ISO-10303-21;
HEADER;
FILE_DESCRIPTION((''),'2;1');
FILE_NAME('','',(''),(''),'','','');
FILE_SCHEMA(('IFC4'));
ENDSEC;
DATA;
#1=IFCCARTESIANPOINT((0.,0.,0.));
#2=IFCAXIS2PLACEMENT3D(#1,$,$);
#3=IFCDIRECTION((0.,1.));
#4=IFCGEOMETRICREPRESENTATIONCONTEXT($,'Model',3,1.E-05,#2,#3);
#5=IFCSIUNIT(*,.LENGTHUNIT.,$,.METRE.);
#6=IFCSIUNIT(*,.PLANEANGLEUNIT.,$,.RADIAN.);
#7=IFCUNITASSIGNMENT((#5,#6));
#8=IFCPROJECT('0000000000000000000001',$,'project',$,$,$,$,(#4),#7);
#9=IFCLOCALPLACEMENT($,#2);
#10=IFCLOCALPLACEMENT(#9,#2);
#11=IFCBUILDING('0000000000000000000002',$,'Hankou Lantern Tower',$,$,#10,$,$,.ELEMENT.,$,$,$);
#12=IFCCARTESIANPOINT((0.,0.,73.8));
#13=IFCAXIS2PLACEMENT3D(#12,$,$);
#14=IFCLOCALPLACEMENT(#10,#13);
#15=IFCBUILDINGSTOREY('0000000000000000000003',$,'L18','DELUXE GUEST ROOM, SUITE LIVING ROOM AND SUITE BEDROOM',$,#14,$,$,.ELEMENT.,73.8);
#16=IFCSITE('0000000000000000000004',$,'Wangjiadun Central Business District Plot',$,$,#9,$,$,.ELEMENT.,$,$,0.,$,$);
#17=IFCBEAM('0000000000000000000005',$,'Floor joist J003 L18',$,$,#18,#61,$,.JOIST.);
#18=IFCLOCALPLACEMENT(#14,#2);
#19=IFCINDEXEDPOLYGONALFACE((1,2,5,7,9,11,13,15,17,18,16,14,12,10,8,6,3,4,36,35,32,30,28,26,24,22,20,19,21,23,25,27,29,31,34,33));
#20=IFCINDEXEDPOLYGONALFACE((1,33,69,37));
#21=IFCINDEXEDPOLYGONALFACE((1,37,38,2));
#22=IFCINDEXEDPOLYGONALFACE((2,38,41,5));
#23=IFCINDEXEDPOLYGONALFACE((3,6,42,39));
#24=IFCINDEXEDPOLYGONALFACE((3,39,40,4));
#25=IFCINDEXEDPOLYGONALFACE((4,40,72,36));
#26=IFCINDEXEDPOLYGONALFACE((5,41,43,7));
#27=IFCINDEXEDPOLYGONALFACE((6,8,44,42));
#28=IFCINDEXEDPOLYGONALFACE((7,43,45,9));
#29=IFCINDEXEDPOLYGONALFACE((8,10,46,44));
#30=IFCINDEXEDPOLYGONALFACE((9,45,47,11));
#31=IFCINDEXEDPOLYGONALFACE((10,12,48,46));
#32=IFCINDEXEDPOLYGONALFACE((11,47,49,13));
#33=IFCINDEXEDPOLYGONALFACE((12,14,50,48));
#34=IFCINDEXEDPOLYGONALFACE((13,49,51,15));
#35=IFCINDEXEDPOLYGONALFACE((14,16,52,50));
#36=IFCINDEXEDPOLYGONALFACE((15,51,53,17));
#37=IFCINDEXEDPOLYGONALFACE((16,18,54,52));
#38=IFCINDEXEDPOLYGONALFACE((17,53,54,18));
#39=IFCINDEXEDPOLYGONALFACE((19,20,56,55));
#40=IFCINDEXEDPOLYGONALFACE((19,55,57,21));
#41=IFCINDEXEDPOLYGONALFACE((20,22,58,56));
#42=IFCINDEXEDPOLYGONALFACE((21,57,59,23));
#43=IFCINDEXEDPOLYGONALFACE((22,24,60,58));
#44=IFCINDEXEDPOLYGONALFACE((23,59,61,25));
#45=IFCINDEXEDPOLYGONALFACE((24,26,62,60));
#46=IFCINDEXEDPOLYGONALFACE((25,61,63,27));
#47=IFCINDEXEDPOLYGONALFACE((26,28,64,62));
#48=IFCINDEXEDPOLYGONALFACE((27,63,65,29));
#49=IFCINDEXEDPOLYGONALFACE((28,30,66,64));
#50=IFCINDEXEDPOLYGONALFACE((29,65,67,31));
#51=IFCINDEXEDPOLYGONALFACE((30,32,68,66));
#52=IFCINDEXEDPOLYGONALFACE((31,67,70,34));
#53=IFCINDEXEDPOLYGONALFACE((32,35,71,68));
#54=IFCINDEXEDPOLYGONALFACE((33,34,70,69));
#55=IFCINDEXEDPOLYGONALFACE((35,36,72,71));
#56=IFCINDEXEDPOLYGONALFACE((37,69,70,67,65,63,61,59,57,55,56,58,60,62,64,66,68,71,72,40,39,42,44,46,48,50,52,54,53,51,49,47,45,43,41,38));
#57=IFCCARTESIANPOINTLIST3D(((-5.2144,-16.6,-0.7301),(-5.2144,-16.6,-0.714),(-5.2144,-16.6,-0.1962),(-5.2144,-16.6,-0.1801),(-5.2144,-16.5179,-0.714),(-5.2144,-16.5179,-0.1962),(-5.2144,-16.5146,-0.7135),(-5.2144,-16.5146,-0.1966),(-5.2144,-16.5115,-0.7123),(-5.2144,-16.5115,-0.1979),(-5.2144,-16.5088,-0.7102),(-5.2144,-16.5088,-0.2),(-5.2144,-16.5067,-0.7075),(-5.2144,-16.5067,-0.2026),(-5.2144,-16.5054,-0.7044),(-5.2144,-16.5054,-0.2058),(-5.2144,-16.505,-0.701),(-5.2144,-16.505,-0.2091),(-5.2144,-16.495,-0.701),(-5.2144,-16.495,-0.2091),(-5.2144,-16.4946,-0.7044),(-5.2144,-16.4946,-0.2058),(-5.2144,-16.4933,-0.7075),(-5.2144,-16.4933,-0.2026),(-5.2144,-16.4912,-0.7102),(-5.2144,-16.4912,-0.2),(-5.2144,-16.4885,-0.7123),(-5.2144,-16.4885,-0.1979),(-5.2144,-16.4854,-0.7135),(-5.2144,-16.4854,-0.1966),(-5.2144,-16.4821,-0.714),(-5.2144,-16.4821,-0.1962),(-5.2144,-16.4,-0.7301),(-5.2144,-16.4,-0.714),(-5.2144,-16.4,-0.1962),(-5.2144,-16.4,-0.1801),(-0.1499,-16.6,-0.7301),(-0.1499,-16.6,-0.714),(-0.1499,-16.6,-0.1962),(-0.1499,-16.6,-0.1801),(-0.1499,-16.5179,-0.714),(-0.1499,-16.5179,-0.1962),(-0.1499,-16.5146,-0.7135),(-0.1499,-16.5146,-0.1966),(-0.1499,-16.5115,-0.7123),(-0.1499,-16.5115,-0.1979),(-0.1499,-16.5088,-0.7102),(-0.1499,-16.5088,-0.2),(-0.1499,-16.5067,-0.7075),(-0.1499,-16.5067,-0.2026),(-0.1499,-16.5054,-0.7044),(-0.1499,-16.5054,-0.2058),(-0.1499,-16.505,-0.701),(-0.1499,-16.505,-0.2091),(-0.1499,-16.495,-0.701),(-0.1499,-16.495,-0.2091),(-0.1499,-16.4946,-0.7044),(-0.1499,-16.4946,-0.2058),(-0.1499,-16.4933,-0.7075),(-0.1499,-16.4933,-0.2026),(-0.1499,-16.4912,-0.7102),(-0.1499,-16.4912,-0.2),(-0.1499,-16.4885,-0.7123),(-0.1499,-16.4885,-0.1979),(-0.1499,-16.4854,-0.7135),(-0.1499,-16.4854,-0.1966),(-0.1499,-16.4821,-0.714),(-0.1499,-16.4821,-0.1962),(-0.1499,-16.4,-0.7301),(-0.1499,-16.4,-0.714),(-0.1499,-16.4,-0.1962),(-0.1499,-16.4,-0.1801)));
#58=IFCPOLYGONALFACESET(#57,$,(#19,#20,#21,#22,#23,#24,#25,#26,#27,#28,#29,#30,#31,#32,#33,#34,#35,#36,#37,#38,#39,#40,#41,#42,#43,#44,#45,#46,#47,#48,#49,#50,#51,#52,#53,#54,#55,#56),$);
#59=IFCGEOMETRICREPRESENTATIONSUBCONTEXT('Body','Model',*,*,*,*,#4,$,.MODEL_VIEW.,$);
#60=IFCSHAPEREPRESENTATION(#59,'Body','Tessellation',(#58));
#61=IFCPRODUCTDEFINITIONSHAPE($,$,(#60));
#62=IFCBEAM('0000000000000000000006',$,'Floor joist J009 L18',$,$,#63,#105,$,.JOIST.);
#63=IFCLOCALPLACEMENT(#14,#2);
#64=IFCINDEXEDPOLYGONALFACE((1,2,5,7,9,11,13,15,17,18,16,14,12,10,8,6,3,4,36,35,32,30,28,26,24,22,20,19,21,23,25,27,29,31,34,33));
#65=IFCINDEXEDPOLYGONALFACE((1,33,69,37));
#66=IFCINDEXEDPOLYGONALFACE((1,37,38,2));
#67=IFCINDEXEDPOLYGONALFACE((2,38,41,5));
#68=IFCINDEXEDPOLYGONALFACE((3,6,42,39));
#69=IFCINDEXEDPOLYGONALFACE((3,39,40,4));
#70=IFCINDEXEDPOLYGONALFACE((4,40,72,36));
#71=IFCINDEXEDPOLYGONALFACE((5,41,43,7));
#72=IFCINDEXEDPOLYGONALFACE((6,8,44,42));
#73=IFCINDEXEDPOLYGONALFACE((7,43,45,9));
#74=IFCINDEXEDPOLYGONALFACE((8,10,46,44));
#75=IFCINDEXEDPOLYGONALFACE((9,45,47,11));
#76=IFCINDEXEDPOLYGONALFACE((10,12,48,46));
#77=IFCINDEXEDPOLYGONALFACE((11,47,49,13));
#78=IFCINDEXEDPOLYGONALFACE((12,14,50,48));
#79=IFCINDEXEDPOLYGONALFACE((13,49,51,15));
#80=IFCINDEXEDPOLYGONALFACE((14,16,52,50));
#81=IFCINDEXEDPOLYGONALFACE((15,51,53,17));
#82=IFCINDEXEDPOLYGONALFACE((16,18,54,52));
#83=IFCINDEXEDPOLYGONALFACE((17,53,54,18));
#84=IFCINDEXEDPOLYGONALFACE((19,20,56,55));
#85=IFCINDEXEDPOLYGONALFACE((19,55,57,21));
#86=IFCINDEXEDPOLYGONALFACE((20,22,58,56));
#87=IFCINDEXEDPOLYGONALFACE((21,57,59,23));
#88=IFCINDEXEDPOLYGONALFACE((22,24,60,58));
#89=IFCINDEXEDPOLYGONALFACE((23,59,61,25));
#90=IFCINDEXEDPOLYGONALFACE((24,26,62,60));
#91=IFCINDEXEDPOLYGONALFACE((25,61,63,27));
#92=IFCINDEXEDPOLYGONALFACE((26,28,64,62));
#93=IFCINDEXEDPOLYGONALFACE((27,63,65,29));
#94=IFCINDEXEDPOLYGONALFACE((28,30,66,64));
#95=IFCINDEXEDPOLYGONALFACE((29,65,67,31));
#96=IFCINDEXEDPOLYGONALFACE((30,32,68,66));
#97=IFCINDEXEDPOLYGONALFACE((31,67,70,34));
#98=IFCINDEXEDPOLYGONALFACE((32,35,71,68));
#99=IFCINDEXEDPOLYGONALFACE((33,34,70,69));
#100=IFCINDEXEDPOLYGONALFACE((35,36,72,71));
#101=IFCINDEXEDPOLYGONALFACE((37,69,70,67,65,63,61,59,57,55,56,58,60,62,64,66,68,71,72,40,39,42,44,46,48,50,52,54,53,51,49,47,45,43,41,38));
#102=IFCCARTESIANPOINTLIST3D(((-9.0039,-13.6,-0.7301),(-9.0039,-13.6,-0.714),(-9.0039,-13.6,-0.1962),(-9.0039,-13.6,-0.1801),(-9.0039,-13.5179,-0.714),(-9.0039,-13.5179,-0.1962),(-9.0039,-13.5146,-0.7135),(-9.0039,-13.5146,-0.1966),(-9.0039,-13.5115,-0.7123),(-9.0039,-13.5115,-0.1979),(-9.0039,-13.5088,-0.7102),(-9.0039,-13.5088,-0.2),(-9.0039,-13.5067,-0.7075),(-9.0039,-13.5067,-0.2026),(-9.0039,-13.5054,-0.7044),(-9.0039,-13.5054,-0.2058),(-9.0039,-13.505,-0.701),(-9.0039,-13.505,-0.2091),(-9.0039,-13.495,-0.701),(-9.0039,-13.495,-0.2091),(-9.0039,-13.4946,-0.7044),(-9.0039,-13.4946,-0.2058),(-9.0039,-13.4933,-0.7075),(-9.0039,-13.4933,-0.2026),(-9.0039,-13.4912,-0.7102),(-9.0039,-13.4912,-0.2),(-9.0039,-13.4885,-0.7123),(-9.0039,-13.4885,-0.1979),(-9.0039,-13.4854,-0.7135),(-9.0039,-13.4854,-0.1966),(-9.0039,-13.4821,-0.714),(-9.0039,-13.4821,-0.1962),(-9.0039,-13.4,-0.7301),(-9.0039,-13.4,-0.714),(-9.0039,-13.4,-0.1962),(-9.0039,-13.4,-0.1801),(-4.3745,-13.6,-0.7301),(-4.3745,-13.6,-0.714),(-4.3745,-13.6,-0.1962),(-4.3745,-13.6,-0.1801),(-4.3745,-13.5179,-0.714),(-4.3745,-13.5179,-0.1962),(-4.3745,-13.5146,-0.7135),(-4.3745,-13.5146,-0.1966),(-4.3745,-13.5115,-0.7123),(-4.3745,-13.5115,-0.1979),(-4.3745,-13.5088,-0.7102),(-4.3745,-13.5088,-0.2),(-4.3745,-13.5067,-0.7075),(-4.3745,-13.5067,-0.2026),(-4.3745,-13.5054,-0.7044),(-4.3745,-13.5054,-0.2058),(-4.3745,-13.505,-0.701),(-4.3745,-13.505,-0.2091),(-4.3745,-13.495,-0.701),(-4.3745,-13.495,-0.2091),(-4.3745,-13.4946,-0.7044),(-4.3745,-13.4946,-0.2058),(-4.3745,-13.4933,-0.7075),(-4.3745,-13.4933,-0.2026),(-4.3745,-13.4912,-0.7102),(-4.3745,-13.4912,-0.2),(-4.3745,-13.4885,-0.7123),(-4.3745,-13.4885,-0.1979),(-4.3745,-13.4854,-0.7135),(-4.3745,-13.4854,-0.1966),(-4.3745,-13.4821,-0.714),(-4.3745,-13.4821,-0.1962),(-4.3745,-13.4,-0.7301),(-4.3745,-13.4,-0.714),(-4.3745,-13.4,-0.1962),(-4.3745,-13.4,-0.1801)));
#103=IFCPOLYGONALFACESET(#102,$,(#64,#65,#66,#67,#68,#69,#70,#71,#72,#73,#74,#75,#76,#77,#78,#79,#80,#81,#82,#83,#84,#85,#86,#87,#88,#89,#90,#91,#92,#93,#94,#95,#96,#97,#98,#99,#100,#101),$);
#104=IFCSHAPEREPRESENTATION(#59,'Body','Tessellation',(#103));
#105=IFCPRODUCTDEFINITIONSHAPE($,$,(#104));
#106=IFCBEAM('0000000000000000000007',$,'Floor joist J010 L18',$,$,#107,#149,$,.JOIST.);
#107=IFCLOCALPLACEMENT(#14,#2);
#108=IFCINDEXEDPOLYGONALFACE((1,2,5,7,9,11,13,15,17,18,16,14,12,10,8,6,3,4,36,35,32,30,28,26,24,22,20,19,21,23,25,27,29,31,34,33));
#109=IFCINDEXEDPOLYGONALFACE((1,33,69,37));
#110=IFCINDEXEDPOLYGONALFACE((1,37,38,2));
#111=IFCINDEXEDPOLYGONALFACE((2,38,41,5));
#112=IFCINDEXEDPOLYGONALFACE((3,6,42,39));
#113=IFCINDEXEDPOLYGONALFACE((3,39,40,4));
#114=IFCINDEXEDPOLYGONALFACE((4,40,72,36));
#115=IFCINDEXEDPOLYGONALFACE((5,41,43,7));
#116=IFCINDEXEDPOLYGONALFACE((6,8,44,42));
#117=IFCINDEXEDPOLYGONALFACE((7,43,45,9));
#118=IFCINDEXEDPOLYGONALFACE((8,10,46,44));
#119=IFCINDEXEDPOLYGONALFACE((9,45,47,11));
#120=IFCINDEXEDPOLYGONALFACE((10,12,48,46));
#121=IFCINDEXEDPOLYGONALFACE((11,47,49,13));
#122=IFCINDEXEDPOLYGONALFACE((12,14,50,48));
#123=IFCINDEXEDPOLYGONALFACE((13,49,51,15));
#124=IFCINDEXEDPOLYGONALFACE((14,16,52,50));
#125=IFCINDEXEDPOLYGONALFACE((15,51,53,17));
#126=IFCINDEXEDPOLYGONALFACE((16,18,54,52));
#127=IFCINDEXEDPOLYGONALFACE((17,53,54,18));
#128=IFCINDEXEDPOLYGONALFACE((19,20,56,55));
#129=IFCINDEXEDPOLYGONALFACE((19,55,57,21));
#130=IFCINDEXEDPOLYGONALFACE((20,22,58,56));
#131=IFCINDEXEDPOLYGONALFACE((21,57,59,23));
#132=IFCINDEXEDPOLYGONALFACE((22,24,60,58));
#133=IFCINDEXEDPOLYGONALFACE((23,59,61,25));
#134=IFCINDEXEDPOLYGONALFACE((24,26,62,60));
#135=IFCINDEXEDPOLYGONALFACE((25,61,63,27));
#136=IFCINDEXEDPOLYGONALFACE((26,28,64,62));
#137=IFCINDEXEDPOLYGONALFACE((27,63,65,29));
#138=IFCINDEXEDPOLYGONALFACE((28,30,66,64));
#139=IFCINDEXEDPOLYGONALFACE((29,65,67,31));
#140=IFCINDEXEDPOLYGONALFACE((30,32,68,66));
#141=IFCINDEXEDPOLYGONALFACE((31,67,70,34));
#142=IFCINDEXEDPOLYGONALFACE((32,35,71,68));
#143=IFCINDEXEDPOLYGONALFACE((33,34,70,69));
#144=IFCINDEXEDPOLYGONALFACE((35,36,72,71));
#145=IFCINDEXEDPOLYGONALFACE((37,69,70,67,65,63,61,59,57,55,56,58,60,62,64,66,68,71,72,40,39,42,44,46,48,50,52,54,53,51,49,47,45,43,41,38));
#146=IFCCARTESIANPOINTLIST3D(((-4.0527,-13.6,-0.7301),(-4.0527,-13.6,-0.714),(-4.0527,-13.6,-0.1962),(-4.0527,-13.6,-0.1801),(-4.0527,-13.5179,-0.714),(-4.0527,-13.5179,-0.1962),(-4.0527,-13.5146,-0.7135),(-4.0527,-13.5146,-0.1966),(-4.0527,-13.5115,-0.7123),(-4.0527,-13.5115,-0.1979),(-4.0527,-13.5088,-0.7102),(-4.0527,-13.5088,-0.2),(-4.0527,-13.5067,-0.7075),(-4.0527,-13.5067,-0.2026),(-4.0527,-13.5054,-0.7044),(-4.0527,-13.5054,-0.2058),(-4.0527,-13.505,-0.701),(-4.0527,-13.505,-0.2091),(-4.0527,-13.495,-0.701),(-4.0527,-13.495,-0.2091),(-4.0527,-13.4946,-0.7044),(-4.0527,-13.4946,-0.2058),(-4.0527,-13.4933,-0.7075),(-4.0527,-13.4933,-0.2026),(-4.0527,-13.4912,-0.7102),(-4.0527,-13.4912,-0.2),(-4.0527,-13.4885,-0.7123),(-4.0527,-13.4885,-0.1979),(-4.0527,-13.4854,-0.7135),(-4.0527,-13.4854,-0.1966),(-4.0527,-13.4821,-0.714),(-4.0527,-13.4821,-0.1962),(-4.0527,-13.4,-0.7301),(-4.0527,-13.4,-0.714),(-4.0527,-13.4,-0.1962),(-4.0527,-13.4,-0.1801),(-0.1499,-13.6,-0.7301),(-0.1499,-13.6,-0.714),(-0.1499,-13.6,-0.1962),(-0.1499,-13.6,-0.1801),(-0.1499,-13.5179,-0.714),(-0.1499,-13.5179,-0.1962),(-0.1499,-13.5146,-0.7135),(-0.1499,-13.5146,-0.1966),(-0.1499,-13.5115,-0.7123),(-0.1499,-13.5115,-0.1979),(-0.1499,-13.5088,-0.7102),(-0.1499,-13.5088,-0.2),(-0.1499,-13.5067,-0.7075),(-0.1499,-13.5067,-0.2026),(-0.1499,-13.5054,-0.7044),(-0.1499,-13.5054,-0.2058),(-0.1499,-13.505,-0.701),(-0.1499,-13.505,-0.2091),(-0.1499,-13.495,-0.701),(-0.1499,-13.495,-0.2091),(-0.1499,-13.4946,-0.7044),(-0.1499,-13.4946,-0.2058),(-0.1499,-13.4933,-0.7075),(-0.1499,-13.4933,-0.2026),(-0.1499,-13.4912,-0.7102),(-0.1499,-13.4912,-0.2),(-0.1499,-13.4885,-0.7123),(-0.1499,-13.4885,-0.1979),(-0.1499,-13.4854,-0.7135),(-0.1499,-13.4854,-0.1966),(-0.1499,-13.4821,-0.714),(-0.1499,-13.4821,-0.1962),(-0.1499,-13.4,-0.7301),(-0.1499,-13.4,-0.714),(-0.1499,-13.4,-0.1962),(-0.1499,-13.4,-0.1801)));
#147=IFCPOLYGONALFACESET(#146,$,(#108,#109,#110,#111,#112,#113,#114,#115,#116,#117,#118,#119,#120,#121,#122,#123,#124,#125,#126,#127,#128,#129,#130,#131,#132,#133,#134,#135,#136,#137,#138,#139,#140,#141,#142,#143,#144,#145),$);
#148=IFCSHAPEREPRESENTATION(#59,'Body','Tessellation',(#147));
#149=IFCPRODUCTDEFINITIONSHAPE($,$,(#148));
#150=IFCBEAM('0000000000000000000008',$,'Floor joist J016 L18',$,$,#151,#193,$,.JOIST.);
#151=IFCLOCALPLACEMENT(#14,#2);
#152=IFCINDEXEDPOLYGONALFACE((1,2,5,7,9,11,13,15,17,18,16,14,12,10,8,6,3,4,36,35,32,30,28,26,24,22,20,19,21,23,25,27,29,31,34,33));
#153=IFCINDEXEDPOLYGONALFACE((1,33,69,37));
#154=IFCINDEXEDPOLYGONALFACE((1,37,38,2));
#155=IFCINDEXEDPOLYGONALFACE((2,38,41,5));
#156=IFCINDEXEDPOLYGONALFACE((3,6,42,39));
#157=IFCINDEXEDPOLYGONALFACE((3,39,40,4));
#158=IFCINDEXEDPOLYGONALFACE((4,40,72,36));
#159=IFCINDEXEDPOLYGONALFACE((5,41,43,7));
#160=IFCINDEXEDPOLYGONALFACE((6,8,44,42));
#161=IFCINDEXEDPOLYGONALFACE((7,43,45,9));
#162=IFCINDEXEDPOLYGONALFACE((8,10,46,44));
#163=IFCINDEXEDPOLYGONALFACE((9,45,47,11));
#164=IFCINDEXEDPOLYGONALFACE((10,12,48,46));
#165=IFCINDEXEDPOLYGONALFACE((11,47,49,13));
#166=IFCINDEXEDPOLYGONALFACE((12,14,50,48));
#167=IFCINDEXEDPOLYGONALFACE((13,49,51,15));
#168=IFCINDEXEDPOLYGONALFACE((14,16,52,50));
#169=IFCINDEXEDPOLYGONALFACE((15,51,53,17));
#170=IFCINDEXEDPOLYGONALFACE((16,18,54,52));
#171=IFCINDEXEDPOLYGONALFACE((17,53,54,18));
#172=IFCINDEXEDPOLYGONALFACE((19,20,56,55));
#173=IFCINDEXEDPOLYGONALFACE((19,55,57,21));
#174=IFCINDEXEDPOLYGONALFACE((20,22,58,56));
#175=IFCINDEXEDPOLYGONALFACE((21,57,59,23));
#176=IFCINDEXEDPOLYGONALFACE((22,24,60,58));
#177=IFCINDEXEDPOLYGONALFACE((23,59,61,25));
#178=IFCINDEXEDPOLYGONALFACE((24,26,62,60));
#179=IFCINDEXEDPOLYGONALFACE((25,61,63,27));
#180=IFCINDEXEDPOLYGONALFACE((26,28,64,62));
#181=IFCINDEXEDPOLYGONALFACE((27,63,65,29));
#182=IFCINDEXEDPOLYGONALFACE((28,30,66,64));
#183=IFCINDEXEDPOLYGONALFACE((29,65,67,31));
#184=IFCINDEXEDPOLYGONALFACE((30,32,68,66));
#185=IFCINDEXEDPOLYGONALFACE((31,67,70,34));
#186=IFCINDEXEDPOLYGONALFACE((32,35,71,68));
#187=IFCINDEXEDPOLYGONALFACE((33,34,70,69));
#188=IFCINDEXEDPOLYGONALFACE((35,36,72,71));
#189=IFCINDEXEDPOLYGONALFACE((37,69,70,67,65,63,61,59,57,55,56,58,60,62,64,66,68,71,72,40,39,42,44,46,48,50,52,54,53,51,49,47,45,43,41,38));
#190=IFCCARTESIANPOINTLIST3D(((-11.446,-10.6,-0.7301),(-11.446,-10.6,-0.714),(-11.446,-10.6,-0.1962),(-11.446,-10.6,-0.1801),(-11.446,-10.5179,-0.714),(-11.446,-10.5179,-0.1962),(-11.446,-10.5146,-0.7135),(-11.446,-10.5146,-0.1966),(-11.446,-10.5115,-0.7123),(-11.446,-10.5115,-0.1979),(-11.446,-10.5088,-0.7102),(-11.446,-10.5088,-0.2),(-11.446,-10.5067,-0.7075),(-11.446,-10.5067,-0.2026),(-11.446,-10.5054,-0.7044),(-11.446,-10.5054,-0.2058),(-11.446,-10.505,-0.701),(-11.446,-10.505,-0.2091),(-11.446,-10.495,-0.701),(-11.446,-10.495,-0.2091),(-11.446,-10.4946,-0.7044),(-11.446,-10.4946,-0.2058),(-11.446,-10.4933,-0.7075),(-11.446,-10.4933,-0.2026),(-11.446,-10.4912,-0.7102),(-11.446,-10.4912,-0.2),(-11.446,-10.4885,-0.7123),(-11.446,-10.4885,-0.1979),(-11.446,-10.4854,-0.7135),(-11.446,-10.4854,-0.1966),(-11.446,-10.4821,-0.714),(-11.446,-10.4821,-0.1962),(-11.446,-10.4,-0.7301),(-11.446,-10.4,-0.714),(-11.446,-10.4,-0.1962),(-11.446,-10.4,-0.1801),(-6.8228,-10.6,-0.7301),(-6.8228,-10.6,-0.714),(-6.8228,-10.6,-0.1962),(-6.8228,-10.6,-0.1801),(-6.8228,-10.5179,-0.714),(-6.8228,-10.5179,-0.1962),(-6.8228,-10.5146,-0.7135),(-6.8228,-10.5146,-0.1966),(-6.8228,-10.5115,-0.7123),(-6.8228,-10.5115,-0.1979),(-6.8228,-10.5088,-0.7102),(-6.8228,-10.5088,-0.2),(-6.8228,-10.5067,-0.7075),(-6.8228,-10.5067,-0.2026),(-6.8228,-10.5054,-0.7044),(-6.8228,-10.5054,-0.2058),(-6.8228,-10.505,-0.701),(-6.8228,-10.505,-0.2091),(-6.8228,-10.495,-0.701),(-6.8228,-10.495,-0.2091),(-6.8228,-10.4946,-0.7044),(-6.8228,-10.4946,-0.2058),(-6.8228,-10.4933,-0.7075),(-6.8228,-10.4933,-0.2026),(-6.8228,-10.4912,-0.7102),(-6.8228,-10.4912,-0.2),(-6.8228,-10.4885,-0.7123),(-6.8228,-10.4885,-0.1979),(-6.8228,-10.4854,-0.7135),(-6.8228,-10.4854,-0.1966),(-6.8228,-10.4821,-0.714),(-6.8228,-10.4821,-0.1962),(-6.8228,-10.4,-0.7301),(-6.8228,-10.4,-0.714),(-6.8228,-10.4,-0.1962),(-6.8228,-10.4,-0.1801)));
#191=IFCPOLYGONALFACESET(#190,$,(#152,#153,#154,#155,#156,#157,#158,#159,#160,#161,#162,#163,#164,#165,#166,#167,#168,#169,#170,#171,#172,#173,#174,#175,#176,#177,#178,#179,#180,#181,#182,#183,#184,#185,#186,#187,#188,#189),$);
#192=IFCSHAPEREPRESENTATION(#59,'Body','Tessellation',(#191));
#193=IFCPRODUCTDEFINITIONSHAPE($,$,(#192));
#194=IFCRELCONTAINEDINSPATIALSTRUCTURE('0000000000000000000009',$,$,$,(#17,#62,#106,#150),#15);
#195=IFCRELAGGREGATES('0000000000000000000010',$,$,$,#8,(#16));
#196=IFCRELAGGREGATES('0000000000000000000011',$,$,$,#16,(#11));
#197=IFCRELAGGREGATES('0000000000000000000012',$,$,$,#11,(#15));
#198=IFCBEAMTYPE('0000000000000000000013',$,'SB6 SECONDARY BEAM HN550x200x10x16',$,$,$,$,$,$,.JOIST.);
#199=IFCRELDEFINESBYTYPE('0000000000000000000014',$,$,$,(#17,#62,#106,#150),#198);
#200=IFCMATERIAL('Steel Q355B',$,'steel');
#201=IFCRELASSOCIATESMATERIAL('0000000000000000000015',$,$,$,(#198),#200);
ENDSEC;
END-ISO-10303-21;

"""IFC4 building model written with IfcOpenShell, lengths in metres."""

from ifc_helpers import new_model, si_unit, direction, frame, origin, origin_2d, place, context, subcontext, project, spatial, i_section, extrude, material, material_profile, profile_set, type_object, element, save


model = new_model("IFC4")

# Units and contexts
model_context = context("Model", 3, precision=1e-05, world=origin(), true_north=direction((0.0, 1.0)))
body_context = subcontext(model_context, "Body", "Model", "MODEL_VIEW")
ifc_project = project(units=[si_unit("LENGTHUNIT", "METRE"), si_unit("PLANEANGLEUNIT", "RADIAN")], contexts=[model_context])

# Site, building, storey
site_placement = place(None, origin())
site = spatial("IfcSite", under=ifc_project, at=site_placement, Name="Wangjiadun Central Business District Plot", CompositionType="ELEMENT", RefElevation=0.0)
building_placement = place(site_placement, origin())
building = spatial("IfcBuilding", under=site, at=building_placement, Name="Hankou Lantern Tower", CompositionType="ELEMENT")
storey_placement = place(building_placement, frame((0.0, 0.0, 73.8)))
storey = spatial("IfcBuildingStorey", under=building, at=storey_placement, Name="L18", Description="DELUXE GUEST ROOM, SUITE LIVING ROOM AND SUITE BEDROOM", CompositionType="ELEMENT", Elevation=73.8)

# Beams
ifc_material_1 = material(Name="Steel Q355B", Category="steel")
ifc_material_profile_1 = material_profile(ifc_material_1, i_section(OverallWidth=0.2, OverallDepth=0.55, WebThickness=0.01, FlangeThickness=0.0161, FilletRadius=0.0129, at=origin_2d()), Name="HN550x200x10x16")
ifc_profile_set_1 = profile_set([ifc_material_profile_1], Name="Steel Q355B")
beam_type_1 = type_object("IfcBeamType", Name="SB6 SECONDARY BEAM HN550x200x10x16", PredefinedType="JOIST", material=ifc_profile_set_1)
beam_1_placement = place(storey_placement, frame((-5.2144, -16.5, -0.4551), z_axis=(1.0, 0.0, 0.0), x_axis=(0.0, 1.0, 0.0)))
element("IfcBeam", 1, at=beam_1_placement, inside=storey, type_object=beam_type_1, Name="Floor joist J003 L18", PredefinedType="JOIST", context=body_context, shape_type="SweptSolid", body=[
    extrude(i_section(OverallWidth=0.2, OverallDepth=0.55, WebThickness=0.01, FlangeThickness=0.0161, FilletRadius=0.0129, at=origin_2d()), origin(), (0.0, 0.0, 1.0), 5.0645),
])
beam_2_placement = place(storey_placement, frame((-9.0039, -13.5, -0.4551), z_axis=(1.0, 0.0, 0.0), x_axis=(0.0, 1.0, 0.0)))
element("IfcBeam", 2, at=beam_2_placement, inside=storey, type_object=beam_type_1, Name="Floor joist J009 L18", PredefinedType="JOIST", context=body_context, shape_type="SweptSolid", body=[
    extrude(i_section(OverallWidth=0.2, OverallDepth=0.55, WebThickness=0.01, FlangeThickness=0.0161, FilletRadius=0.0129, at=origin_2d()), origin(), (0.0, 0.0, 1.0), 4.6294),
])
beam_3_placement = place(storey_placement, frame((-4.0527, -13.5, -0.4551), z_axis=(1.0, 0.0, 0.0), x_axis=(0.0, 1.0, 0.0)))
element("IfcBeam", 3, at=beam_3_placement, inside=storey, type_object=beam_type_1, Name="Floor joist J010 L18", PredefinedType="JOIST", context=body_context, shape_type="SweptSolid", body=[
    extrude(i_section(OverallWidth=0.2, OverallDepth=0.55, WebThickness=0.01, FlangeThickness=0.0161, FilletRadius=0.0129, at=origin_2d()), origin(), (0.0, 0.0, 1.0), 3.9028),
])
beam_4_placement = place(storey_placement, frame((-11.446, -10.5, -0.4551), z_axis=(1.0, 0.0, 0.0), x_axis=(0.0, 1.0, 0.0)))
element("IfcBeam", 4, at=beam_4_placement, inside=storey, type_object=beam_type_1, Name="Floor joist J016 L18", PredefinedType="JOIST", context=body_context, shape_type="SweptSolid", body=[
    extrude(i_section(OverallWidth=0.2, OverallDepth=0.55, WebThickness=0.01, FlangeThickness=0.0161, FilletRadius=0.0129, at=origin_2d()), origin(), (0.0, 0.0, 1.0), 4.6233),
])

save(model, "model.ifc")
